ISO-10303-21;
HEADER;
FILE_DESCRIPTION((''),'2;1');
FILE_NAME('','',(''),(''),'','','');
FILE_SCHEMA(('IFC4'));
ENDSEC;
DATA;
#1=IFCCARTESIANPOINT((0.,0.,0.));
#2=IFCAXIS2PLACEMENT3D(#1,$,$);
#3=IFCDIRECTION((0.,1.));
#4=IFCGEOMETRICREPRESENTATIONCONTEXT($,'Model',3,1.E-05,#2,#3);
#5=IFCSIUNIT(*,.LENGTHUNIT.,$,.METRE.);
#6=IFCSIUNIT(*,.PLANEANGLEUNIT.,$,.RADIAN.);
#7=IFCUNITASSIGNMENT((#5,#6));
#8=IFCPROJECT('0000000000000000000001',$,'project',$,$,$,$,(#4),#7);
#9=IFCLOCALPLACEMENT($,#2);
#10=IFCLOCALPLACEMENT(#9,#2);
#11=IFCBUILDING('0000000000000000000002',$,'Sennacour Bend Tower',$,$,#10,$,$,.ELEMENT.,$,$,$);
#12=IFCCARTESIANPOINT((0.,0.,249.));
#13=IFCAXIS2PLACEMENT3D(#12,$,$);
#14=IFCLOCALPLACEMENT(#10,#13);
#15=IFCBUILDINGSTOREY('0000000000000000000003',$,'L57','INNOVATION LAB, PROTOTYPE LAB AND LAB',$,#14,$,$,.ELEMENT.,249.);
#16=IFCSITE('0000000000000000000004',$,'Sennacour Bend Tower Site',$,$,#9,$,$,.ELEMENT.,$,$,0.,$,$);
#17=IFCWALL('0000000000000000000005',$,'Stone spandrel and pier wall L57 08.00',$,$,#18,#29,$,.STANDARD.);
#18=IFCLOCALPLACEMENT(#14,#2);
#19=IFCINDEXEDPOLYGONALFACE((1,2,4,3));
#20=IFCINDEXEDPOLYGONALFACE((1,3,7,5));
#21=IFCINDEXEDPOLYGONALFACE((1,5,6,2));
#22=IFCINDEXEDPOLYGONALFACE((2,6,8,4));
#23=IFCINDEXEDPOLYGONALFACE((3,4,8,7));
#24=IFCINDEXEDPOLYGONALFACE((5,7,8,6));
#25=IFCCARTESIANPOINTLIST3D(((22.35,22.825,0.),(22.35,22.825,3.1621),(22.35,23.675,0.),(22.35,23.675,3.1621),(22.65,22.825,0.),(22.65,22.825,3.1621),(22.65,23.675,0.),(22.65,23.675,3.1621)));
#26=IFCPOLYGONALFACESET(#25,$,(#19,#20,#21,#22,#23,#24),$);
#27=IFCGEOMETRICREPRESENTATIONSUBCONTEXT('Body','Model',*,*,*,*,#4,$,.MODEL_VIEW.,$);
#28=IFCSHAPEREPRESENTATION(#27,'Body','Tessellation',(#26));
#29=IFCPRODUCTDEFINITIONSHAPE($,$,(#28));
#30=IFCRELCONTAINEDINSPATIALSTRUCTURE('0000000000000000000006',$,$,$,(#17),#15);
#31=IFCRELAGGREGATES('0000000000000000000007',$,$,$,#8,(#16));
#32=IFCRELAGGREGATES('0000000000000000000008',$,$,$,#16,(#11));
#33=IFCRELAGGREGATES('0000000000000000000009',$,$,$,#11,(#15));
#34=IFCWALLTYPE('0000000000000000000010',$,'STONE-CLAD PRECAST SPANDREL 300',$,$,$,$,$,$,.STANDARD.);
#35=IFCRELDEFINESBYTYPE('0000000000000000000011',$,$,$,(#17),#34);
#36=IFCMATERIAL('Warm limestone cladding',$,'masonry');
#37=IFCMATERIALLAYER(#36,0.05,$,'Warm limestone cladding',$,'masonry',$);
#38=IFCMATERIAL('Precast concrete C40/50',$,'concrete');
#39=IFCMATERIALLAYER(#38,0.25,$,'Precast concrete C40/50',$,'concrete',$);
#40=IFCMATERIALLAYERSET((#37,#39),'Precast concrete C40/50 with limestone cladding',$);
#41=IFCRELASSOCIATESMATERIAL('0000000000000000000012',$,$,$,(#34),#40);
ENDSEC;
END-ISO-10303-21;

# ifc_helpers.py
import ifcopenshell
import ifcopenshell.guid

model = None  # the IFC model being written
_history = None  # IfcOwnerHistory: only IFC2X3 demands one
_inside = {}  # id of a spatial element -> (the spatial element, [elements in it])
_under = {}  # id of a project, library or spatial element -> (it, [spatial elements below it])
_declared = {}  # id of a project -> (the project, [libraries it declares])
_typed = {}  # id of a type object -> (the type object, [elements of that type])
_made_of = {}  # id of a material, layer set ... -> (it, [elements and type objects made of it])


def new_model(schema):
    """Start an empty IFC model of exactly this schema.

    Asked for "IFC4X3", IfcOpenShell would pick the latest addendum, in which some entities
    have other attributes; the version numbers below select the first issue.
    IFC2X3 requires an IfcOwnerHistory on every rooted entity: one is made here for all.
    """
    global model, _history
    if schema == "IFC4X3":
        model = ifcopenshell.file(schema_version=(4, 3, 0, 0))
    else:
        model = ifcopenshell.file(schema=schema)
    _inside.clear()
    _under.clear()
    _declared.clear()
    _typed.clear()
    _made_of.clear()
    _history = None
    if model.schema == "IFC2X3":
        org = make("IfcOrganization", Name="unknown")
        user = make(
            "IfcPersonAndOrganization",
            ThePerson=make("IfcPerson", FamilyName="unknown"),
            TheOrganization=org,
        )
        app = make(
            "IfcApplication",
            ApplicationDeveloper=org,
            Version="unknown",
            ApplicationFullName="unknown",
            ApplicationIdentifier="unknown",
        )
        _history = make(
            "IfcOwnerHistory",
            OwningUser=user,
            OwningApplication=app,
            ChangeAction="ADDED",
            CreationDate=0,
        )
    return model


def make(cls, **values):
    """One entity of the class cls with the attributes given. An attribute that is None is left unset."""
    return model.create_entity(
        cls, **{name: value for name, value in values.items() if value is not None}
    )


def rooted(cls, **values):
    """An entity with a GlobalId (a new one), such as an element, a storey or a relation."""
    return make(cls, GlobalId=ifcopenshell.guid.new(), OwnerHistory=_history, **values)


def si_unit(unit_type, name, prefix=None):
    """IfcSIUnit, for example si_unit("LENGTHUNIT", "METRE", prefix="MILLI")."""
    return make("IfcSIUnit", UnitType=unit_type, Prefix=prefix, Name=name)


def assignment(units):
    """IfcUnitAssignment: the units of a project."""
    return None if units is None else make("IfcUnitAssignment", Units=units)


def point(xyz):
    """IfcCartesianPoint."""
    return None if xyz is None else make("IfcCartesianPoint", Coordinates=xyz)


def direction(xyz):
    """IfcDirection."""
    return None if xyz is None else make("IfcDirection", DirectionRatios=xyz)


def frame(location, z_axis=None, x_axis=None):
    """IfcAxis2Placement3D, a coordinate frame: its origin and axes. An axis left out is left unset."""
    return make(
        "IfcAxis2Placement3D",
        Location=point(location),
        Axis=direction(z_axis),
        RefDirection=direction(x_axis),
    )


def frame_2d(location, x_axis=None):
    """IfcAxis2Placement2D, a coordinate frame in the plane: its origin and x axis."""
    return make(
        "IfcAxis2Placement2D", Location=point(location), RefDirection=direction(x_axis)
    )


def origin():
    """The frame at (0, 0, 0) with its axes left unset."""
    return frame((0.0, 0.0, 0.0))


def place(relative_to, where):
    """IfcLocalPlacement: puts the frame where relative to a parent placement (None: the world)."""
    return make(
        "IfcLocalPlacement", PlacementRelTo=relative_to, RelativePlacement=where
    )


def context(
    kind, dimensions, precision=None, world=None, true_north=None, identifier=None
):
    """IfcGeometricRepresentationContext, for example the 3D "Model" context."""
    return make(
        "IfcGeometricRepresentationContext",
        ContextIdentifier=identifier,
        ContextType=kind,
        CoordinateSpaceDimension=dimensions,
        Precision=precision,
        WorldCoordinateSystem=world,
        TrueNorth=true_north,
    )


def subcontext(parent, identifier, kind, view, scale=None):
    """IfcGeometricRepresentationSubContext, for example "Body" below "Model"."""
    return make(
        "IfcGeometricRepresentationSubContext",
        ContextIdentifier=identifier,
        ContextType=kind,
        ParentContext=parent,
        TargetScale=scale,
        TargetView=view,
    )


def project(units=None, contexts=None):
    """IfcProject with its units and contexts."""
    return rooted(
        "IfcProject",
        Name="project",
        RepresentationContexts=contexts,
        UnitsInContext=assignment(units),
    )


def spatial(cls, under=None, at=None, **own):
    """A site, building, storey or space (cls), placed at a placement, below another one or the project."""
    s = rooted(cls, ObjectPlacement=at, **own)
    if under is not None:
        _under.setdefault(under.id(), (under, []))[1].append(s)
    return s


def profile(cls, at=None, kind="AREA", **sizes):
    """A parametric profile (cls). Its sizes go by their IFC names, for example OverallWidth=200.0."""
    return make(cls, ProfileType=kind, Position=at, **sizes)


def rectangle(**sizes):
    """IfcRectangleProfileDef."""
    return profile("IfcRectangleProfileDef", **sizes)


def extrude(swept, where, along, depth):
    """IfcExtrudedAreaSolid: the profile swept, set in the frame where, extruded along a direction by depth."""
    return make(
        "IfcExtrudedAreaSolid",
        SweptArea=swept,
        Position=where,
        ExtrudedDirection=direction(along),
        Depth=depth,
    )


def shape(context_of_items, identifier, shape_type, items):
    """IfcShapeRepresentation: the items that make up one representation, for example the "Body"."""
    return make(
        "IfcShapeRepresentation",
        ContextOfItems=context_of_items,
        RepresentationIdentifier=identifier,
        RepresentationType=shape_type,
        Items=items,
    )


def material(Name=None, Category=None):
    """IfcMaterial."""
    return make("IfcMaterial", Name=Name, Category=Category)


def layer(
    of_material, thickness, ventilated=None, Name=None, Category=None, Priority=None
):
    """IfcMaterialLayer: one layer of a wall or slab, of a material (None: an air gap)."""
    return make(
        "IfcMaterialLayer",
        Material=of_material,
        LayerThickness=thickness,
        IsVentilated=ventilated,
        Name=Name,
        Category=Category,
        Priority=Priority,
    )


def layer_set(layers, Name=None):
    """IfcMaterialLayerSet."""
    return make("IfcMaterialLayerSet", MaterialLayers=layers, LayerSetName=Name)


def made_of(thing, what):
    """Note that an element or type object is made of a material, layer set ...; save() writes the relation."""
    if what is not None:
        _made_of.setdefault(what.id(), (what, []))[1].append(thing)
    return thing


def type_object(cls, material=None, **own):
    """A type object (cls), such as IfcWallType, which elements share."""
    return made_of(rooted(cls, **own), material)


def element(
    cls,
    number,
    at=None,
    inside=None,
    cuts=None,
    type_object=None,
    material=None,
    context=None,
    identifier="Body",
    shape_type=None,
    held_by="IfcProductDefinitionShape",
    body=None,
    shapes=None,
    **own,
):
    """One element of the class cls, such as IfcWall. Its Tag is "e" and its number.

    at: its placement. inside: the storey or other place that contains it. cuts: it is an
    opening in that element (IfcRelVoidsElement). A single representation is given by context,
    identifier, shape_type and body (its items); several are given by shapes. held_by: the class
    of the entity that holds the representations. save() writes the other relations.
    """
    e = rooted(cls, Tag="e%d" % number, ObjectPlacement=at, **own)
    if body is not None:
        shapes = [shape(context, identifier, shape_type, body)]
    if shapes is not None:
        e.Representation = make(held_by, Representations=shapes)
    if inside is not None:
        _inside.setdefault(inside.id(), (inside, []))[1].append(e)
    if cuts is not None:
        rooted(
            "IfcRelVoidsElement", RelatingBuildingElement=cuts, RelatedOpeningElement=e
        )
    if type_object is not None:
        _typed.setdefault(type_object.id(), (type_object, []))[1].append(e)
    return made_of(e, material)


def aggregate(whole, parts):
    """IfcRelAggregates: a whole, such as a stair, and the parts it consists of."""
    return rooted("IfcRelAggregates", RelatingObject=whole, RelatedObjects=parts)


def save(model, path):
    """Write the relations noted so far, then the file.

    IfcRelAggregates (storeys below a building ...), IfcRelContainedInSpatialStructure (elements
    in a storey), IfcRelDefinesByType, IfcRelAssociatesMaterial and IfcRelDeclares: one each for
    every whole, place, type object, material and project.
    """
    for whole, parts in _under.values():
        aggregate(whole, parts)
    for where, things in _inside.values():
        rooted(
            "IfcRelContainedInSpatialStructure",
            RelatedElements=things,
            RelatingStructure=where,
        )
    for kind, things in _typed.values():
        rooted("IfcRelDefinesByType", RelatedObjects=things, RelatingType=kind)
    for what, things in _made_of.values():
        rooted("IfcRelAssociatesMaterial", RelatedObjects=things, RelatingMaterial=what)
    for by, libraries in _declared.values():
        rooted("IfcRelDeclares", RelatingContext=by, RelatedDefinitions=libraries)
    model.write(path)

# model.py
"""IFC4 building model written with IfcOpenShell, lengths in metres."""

from ifc_helpers import new_model, si_unit, direction, frame, frame_2d, origin, place, context, subcontext, project, spatial, rectangle, extrude, material, layer, layer_set, type_object, element, save


model = new_model("IFC4")

# Units and contexts
model_context = context("Model", 3, precision=1e-05, world=origin(), true_north=direction((0.0, 1.0)))
body_context = subcontext(model_context, "Body", "Model", "MODEL_VIEW")
ifc_project = project(units=[si_unit("LENGTHUNIT", "METRE"), si_unit("PLANEANGLEUNIT", "RADIAN")], contexts=[model_context])

# Site, building, storey
site_placement = place(None, origin())
site = spatial("IfcSite", under=ifc_project, at=site_placement, Name="Sennacour Bend Tower Site", CompositionType="ELEMENT", RefElevation=0.0)
building_placement = place(site_placement, origin())
building = spatial("IfcBuilding", under=site, at=building_placement, Name="Sennacour Bend Tower", CompositionType="ELEMENT")
storey_placement = place(building_placement, frame((0.0, 0.0, 249.0)))
storey = spatial("IfcBuildingStorey", under=building, at=storey_placement, Name="L57", Description="INNOVATION LAB, PROTOTYPE LAB AND LAB", CompositionType="ELEMENT", Elevation=249.0)

# Shared definitions
ifc_material_1 = material(Name="Warm limestone cladding", Category="masonry")
ifc_layer_1 = layer(ifc_material_1, 0.05, Name="Warm limestone cladding", Category="masonry")
ifc_material_2 = material(Name="Precast concrete C40/50", Category="concrete")
ifc_layer_2 = layer(ifc_material_2, 0.25, Name="Precast concrete C40/50", Category="concrete")
ifc_layer_set_1 = layer_set([ifc_layer_1, ifc_layer_2], Name="Precast concrete C40/50 with limestone cladding")
wall_type_1 = type_object("IfcWallType", Name="STONE-CLAD PRECAST SPANDREL 300", PredefinedType="STANDARD", material=ifc_layer_set_1)

# Wall
wall_1_placement = place(storey_placement, frame((22.5, 23.675, 0.0), z_axis=(0.0, 0.0, 1.0), x_axis=(0.0, -1.0, 0.0)))
element("IfcWall", 1, at=wall_1_placement, inside=storey, type_object=wall_type_1, Name="Stone spandrel and pier wall L57 08.00", PredefinedType="STANDARD", context=body_context, shape_type="SweptSolid", body=[
    extrude(rectangle(XDim=0.8501, YDim=0.3, at=frame_2d((0.425, 0.0))), origin(), (0.0, 0.0, 1.0), 3.1621),
])

save(model, "model.ifc")
